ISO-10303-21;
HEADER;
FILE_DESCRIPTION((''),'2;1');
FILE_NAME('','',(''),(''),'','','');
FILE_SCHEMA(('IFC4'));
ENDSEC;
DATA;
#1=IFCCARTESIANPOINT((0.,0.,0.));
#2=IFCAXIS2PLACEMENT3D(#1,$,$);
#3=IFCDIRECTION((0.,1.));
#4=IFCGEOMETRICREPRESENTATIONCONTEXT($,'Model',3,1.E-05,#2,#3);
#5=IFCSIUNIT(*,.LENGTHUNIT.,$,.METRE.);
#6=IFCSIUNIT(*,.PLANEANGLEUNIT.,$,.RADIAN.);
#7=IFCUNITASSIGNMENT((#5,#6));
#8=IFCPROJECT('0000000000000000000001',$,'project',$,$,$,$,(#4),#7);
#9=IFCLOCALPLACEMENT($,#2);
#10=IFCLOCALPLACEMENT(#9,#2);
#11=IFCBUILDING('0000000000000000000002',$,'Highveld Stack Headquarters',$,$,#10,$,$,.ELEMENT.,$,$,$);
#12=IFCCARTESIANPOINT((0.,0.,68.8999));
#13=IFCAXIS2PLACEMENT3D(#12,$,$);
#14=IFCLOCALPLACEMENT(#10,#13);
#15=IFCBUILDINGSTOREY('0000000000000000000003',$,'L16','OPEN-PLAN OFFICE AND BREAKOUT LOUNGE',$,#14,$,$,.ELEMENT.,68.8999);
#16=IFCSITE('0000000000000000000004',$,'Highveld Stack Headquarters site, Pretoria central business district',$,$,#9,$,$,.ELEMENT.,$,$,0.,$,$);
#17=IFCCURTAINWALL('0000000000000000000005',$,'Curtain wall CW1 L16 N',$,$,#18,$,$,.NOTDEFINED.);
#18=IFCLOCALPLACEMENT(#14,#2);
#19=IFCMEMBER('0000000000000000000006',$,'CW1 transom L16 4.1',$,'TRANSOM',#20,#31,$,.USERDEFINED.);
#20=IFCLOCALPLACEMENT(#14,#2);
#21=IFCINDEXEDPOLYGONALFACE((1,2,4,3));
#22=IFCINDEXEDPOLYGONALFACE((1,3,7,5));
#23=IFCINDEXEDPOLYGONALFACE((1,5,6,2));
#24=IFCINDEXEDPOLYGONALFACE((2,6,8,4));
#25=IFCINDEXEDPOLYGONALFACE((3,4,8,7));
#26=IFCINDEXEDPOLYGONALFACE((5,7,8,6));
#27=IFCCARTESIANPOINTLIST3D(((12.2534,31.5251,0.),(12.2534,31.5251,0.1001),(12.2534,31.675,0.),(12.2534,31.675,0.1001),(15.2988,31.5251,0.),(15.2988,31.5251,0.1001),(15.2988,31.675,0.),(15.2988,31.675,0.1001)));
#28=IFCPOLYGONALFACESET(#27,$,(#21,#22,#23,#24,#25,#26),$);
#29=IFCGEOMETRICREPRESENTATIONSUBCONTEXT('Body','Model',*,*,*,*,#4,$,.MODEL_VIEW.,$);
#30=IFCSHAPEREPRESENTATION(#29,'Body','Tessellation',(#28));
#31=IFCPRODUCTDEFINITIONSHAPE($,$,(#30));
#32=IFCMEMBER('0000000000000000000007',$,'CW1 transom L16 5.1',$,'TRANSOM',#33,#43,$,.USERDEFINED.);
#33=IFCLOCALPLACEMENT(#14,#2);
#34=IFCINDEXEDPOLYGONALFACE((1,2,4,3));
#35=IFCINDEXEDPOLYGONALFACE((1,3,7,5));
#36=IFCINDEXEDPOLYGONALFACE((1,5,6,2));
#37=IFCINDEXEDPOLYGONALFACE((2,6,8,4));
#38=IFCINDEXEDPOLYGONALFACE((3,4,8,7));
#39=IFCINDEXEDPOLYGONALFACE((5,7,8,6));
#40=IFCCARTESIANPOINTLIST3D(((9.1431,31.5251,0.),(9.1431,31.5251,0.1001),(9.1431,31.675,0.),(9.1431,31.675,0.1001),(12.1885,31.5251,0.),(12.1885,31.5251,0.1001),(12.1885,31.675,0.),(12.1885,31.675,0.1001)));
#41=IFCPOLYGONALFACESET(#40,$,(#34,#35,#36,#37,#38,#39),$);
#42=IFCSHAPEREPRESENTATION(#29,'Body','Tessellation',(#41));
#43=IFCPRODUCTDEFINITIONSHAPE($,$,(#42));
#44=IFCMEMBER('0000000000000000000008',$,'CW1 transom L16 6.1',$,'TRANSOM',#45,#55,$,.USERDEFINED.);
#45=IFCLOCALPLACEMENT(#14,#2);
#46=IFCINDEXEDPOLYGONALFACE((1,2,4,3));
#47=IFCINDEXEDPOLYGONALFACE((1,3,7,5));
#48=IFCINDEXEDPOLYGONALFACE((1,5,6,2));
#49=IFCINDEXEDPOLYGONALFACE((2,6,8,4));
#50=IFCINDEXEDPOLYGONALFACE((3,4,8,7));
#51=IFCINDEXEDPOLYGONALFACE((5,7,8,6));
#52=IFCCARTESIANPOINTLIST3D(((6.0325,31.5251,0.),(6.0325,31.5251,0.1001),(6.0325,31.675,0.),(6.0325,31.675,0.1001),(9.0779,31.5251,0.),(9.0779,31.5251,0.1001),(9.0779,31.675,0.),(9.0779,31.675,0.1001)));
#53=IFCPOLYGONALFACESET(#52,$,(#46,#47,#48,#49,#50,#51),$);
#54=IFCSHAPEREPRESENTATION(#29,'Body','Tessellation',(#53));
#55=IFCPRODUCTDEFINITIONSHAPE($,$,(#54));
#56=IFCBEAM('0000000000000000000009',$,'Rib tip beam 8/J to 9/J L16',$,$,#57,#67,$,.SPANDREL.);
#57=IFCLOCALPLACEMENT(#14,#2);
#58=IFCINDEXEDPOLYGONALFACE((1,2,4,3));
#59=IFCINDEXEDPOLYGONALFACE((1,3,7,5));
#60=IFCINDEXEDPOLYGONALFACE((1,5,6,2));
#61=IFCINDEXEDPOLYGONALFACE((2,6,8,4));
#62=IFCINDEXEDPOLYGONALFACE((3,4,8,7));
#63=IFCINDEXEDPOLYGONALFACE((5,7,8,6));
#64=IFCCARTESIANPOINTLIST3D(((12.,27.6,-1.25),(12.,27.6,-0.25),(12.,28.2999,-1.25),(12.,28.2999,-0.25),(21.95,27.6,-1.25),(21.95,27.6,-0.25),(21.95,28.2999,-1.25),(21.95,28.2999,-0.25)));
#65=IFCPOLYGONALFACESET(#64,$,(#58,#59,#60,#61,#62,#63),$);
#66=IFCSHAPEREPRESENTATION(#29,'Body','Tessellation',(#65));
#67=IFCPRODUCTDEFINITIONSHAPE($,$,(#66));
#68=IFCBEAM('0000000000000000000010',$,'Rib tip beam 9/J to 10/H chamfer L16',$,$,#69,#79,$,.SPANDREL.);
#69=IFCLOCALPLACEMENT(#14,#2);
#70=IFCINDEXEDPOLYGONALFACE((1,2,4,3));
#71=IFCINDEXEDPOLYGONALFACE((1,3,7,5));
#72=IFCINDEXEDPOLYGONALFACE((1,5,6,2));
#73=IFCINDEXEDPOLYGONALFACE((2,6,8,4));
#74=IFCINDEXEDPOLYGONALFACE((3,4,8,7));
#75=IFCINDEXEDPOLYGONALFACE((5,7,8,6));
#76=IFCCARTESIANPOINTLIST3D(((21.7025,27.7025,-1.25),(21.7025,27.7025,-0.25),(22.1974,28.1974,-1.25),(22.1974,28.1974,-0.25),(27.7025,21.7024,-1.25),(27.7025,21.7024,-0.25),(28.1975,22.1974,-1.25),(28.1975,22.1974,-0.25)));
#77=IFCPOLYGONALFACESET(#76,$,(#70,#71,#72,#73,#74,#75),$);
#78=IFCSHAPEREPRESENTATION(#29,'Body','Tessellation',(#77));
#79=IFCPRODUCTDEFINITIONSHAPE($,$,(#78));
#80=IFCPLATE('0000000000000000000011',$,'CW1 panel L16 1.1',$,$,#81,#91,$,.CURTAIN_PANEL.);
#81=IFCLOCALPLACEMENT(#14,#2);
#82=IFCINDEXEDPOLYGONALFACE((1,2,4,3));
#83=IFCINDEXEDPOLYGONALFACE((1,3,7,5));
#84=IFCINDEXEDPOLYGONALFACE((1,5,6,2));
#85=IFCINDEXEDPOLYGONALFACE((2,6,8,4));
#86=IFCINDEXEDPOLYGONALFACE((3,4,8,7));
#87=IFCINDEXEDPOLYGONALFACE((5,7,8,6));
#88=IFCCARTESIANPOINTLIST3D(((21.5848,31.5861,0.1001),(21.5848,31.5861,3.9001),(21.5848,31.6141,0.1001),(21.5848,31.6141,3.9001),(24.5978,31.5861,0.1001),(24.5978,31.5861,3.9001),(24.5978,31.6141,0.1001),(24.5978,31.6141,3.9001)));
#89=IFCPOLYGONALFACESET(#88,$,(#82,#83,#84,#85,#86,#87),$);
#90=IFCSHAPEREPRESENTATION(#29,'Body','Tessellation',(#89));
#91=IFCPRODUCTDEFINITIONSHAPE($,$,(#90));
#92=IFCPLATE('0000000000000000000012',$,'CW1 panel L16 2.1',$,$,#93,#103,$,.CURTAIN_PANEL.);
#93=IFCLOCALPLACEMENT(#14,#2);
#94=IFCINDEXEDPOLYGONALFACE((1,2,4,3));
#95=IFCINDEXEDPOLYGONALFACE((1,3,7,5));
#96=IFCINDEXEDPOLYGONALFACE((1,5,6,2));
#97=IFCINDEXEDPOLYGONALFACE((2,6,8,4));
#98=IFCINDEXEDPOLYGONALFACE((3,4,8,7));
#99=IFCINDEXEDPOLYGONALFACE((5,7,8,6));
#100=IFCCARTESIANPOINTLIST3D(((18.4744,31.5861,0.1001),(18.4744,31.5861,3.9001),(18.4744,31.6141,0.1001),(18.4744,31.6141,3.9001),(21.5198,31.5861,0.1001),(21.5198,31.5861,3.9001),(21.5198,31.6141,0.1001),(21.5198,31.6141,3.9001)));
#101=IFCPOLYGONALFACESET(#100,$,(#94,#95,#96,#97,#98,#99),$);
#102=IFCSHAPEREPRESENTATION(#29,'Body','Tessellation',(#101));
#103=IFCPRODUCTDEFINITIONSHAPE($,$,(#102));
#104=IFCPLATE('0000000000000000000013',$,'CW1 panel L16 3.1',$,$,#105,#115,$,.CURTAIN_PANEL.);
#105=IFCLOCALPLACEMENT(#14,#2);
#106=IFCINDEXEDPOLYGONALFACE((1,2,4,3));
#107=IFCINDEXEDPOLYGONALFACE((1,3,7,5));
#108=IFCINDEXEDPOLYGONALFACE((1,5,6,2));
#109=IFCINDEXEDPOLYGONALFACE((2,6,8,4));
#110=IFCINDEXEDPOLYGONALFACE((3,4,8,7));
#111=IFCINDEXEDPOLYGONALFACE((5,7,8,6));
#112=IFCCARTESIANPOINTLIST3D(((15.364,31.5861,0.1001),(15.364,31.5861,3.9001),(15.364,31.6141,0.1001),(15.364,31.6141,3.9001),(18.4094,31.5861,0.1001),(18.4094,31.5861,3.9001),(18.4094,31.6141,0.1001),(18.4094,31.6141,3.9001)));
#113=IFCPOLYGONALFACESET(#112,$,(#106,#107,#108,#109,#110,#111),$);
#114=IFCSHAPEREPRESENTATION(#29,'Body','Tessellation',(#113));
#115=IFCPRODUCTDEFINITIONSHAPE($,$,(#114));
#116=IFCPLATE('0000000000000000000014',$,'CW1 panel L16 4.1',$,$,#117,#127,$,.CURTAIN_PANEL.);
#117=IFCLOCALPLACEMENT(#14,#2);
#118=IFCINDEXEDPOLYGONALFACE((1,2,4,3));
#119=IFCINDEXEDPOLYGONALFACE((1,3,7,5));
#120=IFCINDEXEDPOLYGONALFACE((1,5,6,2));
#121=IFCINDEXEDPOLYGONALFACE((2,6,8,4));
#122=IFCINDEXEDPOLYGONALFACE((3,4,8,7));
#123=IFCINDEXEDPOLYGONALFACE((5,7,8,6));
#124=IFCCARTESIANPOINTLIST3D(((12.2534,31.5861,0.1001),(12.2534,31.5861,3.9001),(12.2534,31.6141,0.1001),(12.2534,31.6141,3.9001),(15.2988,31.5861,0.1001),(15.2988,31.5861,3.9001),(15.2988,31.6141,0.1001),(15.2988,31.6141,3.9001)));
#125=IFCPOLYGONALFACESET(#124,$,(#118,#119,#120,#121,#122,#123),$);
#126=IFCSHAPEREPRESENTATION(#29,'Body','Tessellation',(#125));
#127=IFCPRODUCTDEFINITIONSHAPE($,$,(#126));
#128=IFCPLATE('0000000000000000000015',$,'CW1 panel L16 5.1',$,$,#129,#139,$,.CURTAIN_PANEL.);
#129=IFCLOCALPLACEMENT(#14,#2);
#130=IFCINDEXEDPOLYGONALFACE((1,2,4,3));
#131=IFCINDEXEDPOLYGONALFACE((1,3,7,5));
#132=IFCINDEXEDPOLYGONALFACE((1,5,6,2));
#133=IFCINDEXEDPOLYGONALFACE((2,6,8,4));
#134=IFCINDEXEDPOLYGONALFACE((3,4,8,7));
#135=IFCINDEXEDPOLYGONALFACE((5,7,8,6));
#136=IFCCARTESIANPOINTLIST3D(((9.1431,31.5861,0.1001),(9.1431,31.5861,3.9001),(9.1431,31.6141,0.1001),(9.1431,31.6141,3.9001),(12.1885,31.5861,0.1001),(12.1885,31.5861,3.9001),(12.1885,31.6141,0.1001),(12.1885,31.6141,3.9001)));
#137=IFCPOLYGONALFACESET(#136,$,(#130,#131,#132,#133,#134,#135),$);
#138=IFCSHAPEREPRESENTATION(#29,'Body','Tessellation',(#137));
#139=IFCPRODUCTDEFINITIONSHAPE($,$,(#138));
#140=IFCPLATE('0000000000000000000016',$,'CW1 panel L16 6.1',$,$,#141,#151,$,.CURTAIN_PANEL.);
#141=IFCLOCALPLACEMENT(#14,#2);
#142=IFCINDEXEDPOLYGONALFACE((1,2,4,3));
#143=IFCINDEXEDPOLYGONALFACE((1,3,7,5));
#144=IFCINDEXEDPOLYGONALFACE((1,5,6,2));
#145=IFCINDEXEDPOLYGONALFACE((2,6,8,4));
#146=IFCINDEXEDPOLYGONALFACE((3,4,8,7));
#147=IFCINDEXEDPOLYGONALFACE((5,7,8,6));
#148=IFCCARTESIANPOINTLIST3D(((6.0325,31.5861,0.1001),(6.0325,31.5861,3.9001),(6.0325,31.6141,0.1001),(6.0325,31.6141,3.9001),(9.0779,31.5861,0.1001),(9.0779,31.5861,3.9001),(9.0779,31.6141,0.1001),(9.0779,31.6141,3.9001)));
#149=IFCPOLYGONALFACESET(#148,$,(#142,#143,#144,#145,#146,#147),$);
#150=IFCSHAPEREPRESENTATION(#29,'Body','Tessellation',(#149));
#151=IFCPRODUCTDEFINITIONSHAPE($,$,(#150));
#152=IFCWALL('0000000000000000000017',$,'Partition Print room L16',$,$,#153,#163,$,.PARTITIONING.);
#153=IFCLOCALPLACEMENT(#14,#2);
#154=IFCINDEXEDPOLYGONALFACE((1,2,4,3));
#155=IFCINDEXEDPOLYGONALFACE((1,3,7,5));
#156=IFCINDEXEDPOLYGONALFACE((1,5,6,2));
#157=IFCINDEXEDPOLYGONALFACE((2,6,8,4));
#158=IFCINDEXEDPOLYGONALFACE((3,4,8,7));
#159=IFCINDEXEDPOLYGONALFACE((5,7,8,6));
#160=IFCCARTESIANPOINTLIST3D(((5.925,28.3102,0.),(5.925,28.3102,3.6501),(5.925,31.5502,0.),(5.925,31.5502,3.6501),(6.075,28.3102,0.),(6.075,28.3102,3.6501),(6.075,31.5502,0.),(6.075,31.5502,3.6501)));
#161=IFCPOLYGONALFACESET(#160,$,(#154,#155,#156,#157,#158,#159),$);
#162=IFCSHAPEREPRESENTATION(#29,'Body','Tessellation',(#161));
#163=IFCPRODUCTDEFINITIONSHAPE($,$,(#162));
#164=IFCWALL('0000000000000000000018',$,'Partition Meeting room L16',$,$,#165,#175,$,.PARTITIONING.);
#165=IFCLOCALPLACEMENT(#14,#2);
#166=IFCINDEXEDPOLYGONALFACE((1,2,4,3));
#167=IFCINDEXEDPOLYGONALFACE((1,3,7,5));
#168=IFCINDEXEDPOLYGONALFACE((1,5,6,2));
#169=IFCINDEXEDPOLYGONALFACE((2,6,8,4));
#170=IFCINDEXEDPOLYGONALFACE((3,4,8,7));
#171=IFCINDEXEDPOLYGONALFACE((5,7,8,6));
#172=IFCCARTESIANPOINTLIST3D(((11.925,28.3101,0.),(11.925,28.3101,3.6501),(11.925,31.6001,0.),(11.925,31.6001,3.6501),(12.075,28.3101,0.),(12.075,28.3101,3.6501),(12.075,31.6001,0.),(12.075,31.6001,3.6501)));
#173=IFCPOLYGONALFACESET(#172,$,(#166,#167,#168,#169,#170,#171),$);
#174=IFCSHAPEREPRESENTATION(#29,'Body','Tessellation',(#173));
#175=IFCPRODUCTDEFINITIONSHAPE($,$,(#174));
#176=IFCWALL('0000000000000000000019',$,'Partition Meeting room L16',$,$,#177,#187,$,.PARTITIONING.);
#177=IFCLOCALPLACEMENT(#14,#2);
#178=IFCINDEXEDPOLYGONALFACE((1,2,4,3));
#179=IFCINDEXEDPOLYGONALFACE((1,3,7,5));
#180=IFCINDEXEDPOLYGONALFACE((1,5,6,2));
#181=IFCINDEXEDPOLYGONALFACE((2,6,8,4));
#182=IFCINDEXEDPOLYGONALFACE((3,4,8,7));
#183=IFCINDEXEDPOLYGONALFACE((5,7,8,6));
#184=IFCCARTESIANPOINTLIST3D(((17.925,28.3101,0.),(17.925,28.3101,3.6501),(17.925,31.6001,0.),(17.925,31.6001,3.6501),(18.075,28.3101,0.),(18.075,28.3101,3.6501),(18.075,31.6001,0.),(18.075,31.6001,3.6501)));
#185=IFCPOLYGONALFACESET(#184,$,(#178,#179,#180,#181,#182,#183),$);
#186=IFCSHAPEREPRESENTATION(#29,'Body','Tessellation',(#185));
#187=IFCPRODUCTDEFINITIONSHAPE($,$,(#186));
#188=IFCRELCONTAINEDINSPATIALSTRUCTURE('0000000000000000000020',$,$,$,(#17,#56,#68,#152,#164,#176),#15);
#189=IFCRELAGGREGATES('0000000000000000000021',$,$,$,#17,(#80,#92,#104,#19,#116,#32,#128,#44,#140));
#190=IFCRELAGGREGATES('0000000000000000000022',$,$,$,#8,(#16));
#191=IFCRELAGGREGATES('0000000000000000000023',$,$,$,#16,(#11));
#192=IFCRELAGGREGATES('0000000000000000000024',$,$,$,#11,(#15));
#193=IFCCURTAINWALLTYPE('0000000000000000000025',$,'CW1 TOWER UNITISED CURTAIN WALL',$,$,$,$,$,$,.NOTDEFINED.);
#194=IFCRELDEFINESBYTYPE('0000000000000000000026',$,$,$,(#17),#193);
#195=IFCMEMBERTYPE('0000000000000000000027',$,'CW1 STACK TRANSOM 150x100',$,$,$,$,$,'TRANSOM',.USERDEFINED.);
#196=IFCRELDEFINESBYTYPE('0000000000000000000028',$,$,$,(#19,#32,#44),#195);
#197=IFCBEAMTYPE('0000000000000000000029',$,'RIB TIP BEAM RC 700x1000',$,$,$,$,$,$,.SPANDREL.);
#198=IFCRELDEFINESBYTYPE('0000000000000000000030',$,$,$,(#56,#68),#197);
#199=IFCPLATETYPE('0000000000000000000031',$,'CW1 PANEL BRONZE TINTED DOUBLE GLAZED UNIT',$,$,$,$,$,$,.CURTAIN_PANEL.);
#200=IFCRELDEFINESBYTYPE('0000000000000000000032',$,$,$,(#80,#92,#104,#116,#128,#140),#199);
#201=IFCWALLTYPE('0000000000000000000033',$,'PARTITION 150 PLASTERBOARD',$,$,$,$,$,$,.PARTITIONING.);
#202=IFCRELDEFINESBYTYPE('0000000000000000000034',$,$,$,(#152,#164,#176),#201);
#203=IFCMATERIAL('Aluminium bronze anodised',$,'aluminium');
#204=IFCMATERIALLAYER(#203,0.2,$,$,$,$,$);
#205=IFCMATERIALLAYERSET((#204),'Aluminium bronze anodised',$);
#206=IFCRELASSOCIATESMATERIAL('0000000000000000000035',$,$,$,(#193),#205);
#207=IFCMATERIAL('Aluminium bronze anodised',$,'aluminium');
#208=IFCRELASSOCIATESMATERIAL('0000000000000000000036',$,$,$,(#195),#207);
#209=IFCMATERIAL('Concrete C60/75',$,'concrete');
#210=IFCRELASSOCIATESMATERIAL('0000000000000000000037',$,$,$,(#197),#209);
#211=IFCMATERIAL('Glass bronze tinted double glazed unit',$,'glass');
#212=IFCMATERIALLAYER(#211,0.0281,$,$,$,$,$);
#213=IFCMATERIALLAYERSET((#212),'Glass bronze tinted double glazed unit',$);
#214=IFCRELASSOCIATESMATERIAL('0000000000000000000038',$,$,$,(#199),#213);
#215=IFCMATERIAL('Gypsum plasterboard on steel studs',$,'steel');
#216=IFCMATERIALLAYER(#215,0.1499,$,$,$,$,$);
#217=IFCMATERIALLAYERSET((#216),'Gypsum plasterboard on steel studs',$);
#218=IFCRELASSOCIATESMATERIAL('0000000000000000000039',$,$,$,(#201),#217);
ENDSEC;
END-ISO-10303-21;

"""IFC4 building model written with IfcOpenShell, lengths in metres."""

from ifc_helpers import new_model, si_unit, direction, frame, frame_2d, origin, origin_2d, place, context, subcontext, project, spatial, rectangle, extrude, material, layer, layer_set, material_profile, profile_set, type_object, element, aggregate, save


model = new_model("IFC4")

# Units and contexts
model_context = context("Model", 3, precision=1e-05, world=origin(), true_north=direction((0.0, 1.0)))
body_context = subcontext(model_context, "Body", "Model", "MODEL_VIEW")
ifc_project = project(units=[si_unit("LENGTHUNIT", "METRE"), si_unit("PLANEANGLEUNIT", "RADIAN")], contexts=[model_context])

# Site, building, storey
site_placement = place(None, origin())
site = spatial("IfcSite", under=ifc_project, at=site_placement, Name="Highveld Stack Headquarters site, Pretoria central business district", CompositionType="ELEMENT", RefElevation=0.0)
building_placement = place(site_placement, origin())
building = spatial("IfcBuilding", under=site, at=building_placement, Name="Highveld Stack Headquarters", CompositionType="ELEMENT")
storey_placement = place(building_placement, frame((0.0, 0.0, 68.8999)))
storey = spatial("IfcBuildingStorey", under=building, at=storey_placement, Name="L16", Description="OPEN-PLAN OFFICE AND BREAKOUT LOUNGE", CompositionType="ELEMENT", Elevation=68.8999)

# Curtain wall, members
ifc_material_1 = material(Name="Aluminium bronze anodised", Category="aluminium")
ifc_layer_1 = layer(ifc_material_1, 0.2)
ifc_layer_set_1 = layer_set([ifc_layer_1], Name="Aluminium bronze anodised")
curtain_wall_type = type_object("IfcCurtainWallType", Name="CW1 TOWER UNITISED CURTAIN WALL", PredefinedType="NOTDEFINED", material=ifc_layer_set_1)
curtain_wall_placement = place(storey_placement, origin())
curtain_wall = element("IfcCurtainWall", 1, at=curtain_wall_placement, inside=storey, type_object=curtain_wall_type, Name="Curtain wall CW1 L16 N", PredefinedType="NOTDEFINED")
ifc_material_2 = material(Name="Aluminium bronze anodised", Category="aluminium")
ifc_material_profile_1 = material_profile(ifc_material_2, rectangle(XDim=0.1499, YDim=0.1001, at=origin_2d()), Name="CW1 TRANSOM 150x100")
ifc_profile_set_1 = profile_set([ifc_material_profile_1], Name="Aluminium bronze anodised")
member_type_1 = type_object("IfcMemberType", Name="CW1 STACK TRANSOM 150x100", ElementType="TRANSOM", PredefinedType="USERDEFINED", material=ifc_profile_set_1)
member_1_placement = place(storey_placement, frame((15.2988, 31.6001, 0.05), z_axis=(-1.0, 0.0, 0.0), x_axis=(0.0, -1.0, 0.0)))
member_1 = element("IfcMember", 2, at=member_1_placement, type_object=member_type_1, Name="CW1 transom L16 4.1", ObjectType="TRANSOM", PredefinedType="USERDEFINED", context=body_context, shape_type="SweptSolid", body=[
    extrude(rectangle(XDim=0.1499, YDim=0.1001, at=origin_2d()), origin(), (0.0, 0.0, 1.0), 3.0454),
])
member_2_placement = place(storey_placement, frame((12.1885, 31.6001, 0.05), z_axis=(-1.0, 0.0, 0.0), x_axis=(0.0, -1.0, 0.0)))
member_2 = element("IfcMember", 3, at=member_2_placement, type_object=member_type_1, Name="CW1 transom L16 5.1", ObjectType="TRANSOM", PredefinedType="USERDEFINED", context=body_context, shape_type="SweptSolid", body=[
    extrude(rectangle(XDim=0.1499, YDim=0.1001, at=origin_2d()), origin(), (0.0, 0.0, 1.0), 3.0454),
])
member_3_placement = place(storey_placement, frame((9.0779, 31.6001, 0.05), z_axis=(-1.0, 0.0, 0.0), x_axis=(0.0, -1.0, 0.0)))
member_3 = element("IfcMember", 4, at=member_3_placement, type_object=member_type_1, Name="CW1 transom L16 6.1", ObjectType="TRANSOM", PredefinedType="USERDEFINED", context=body_context, shape_type="SweptSolid", body=[
    extrude(rectangle(XDim=0.1499, YDim=0.1001, at=origin_2d()), origin(), (0.0, 0.0, 1.0), 3.0454),
])

# Beams
ifc_material_3 = material(Name="Concrete C60/75", Category="concrete")
ifc_material_profile_2 = material_profile(ifc_material_3, rectangle(XDim=0.7, YDim=1.0, at=origin_2d()), Name="RC 700x1000")
ifc_profile_set_2 = profile_set([ifc_material_profile_2], Name="Concrete C60/75")
beam_type = type_object("IfcBeamType", Name="RIB TIP BEAM RC 700x1000", PredefinedType="SPANDREL", material=ifc_profile_set_2)
beam_1_placement = place(storey_placement, frame((12.0, 27.95, -0.75), z_axis=(1.0, 0.0, 0.0), x_axis=(0.0, 1.0, 0.0)))
element("IfcBeam", 5, at=beam_1_placement, inside=storey, type_object=beam_type, Name="Rib tip beam 8/J to 9/J L16", PredefinedType="SPANDREL", context=body_context, shape_type="SweptSolid", body=[
    extrude(rectangle(XDim=0.7, YDim=1.0, at=origin_2d()), origin(), (0.0, 0.0, 1.0), 9.95),
])
beam_2_placement = place(storey_placement, frame((21.95, 27.95, -0.75), z_axis=(0.707107, -0.707107, 0.0), x_axis=(0.707107, 0.707107, 0.0)))
element("IfcBeam", 6, at=beam_2_placement, inside=storey, type_object=beam_type, Name="Rib tip beam 9/J to 10/H chamfer L16", PredefinedType="SPANDREL", context=body_context, shape_type="SweptSolid", body=[
    extrude(rectangle(XDim=0.7, YDim=1.0, at=origin_2d()), origin(), (0.0, 0.0, 1.0), 8.4854),
])

# Plates
ifc_material_4 = material(Name="Glass bronze tinted double glazed unit", Category="glass")
ifc_layer_2 = layer(ifc_material_4, 0.0281)
ifc_layer_set_2 = layer_set([ifc_layer_2], Name="Glass bronze tinted double glazed unit")
plate_type = type_object("IfcPlateType", Name="CW1 PANEL BRONZE TINTED DOUBLE GLAZED UNIT", PredefinedType="CURTAIN_PANEL", material=ifc_layer_set_2)
plate_1_placement = place(storey_placement, frame((23.0913, 31.6001, 0.1001), z_axis=(0.0, 0.0, 1.0), x_axis=(-1.0, 0.0, 0.0)))
plate_1 = element("IfcPlate", 7, at=plate_1_placement, type_object=plate_type, Name="CW1 panel L16 1.1", PredefinedType="CURTAIN_PANEL", context=body_context, shape_type="SweptSolid", body=[
    extrude(rectangle(XDim=3.0129, YDim=0.0281, at=origin_2d()), origin(), (0.0, 0.0, 1.0), 3.8),
])
plate_2_placement = place(storey_placement, frame((19.9971, 31.6001, 0.1001), z_axis=(0.0, 0.0, 1.0), x_axis=(-1.0, 0.0, 0.0)))
plate_2 = element("IfcPlate", 8, at=plate_2_placement, type_object=plate_type, Name="CW1 panel L16 2.1", PredefinedType="CURTAIN_PANEL", context=body_context, shape_type="SweptSolid", body=[
    extrude(rectangle(XDim=3.0454, YDim=0.0281, at=origin_2d()), origin(), (0.0, 0.0, 1.0), 3.8),
])
plate_3_placement = place(storey_placement, frame((16.8867, 31.6001, 0.1001), z_axis=(0.0, 0.0, 1.0), x_axis=(-1.0, 0.0, 0.0)))
plate_3 = element("IfcPlate", 9, at=plate_3_placement, type_object=plate_type, Name="CW1 panel L16 3.1", PredefinedType="CURTAIN_PANEL", context=body_context, shape_type="SweptSolid", body=[
    extrude(rectangle(XDim=3.0454, YDim=0.0281, at=origin_2d()), origin(), (0.0, 0.0, 1.0), 3.8),
])
plate_4_placement = place(storey_placement, frame((13.7761, 31.6001, 0.1001), z_axis=(0.0, 0.0, 1.0), x_axis=(-1.0, 0.0, 0.0)))
plate_4 = element("IfcPlate", 10, at=plate_4_placement, type_object=plate_type, Name="CW1 panel L16 4.1", PredefinedType="CURTAIN_PANEL", context=body_context, shape_type="SweptSolid", body=[
    extrude(rectangle(XDim=3.0454, YDim=0.0281, at=origin_2d()), origin(), (0.0, 0.0, 1.0), 3.8),
])
plate_5_placement = place(storey_placement, frame((10.6658, 31.6001, 0.1001), z_axis=(0.0, 0.0, 1.0), x_axis=(-1.0, 0.0, 0.0)))
plate_5 = element("IfcPlate", 11, at=plate_5_placement, type_object=plate_type, Name="CW1 panel L16 5.1", PredefinedType="CURTAIN_PANEL", context=body_context, shape_type="SweptSolid", body=[
    extrude(rectangle(XDim=3.0454, YDim=0.0281, at=origin_2d()), origin(), (0.0, 0.0, 1.0), 3.8),
])
plate_6_placement = place(storey_placement, frame((7.5552, 31.6001, 0.1001), z_axis=(0.0, 0.0, 1.0), x_axis=(-1.0, 0.0, 0.0)))
plate_6 = element("IfcPlate", 12, at=plate_6_placement, type_object=plate_type, Name="CW1 panel L16 6.1", PredefinedType="CURTAIN_PANEL", context=body_context, shape_type="SweptSolid", body=[
    extrude(rectangle(XDim=3.0454, YDim=0.0281, at=origin_2d()), origin(), (0.0, 0.0, 1.0), 3.8),
])
aggregate(curtain_wall, [plate_1, plate_2, plate_3, member_1, plate_4, member_2, plate_5, member_3, plate_6])

# Walls
ifc_material_5 = material(Name="Gypsum plasterboard on steel studs", Category="steel")
ifc_layer_3 = layer(ifc_material_5, 0.1499)
ifc_layer_set_3 = layer_set([ifc_layer_3], Name="Gypsum plasterboard on steel studs")
wall_type = type_object("IfcWallType", Name="PARTITION 150 PLASTERBOARD", PredefinedType="PARTITIONING", material=ifc_layer_set_3)
wall_1_placement = place(storey_placement, frame((6.0, 28.3101, 0.0), z_axis=(0.0, 0.0, 1.0), x_axis=(0.0, 1.0, 0.0)))
element("IfcWall", 13, at=wall_1_placement, inside=storey, type_object=wall_type, Name="Partition Print room L16", PredefinedType="PARTITIONING", context=body_context, shape_type="SweptSolid", body=[
    extrude(rectangle(XDim=3.24, YDim=0.1499, at=frame_2d((1.6201, 0.0))), origin(), (0.0, 0.0, 1.0), 3.6501),
])
for number, where, z_axis, x_axis, name in (
    (14, (12.0, 28.3101, 0.0), (0.0, 0.0, 1.0), (0.0, 1.0, 0.0), "Partition Meeting room L16"),
    (15, (18.0, 28.3101, 0.0), (0.0, 0.0, 1.0), (0.0, 1.0, 0.0), "Partition Meeting room L16"),
):
    element("IfcWall", number, at=place(storey_placement, frame(where, z_axis=z_axis, x_axis=x_axis)), inside=storey, type_object=wall_type, Name=name, PredefinedType="PARTITIONING", context=body_context, shape_type="SweptSolid", body=[
        extrude(rectangle(XDim=3.29, YDim=0.1499, at=frame_2d((1.645, 0.0))), origin(), (0.0, 0.0, 1.0), 3.6501),
    ])

save(model, "model.ifc")
